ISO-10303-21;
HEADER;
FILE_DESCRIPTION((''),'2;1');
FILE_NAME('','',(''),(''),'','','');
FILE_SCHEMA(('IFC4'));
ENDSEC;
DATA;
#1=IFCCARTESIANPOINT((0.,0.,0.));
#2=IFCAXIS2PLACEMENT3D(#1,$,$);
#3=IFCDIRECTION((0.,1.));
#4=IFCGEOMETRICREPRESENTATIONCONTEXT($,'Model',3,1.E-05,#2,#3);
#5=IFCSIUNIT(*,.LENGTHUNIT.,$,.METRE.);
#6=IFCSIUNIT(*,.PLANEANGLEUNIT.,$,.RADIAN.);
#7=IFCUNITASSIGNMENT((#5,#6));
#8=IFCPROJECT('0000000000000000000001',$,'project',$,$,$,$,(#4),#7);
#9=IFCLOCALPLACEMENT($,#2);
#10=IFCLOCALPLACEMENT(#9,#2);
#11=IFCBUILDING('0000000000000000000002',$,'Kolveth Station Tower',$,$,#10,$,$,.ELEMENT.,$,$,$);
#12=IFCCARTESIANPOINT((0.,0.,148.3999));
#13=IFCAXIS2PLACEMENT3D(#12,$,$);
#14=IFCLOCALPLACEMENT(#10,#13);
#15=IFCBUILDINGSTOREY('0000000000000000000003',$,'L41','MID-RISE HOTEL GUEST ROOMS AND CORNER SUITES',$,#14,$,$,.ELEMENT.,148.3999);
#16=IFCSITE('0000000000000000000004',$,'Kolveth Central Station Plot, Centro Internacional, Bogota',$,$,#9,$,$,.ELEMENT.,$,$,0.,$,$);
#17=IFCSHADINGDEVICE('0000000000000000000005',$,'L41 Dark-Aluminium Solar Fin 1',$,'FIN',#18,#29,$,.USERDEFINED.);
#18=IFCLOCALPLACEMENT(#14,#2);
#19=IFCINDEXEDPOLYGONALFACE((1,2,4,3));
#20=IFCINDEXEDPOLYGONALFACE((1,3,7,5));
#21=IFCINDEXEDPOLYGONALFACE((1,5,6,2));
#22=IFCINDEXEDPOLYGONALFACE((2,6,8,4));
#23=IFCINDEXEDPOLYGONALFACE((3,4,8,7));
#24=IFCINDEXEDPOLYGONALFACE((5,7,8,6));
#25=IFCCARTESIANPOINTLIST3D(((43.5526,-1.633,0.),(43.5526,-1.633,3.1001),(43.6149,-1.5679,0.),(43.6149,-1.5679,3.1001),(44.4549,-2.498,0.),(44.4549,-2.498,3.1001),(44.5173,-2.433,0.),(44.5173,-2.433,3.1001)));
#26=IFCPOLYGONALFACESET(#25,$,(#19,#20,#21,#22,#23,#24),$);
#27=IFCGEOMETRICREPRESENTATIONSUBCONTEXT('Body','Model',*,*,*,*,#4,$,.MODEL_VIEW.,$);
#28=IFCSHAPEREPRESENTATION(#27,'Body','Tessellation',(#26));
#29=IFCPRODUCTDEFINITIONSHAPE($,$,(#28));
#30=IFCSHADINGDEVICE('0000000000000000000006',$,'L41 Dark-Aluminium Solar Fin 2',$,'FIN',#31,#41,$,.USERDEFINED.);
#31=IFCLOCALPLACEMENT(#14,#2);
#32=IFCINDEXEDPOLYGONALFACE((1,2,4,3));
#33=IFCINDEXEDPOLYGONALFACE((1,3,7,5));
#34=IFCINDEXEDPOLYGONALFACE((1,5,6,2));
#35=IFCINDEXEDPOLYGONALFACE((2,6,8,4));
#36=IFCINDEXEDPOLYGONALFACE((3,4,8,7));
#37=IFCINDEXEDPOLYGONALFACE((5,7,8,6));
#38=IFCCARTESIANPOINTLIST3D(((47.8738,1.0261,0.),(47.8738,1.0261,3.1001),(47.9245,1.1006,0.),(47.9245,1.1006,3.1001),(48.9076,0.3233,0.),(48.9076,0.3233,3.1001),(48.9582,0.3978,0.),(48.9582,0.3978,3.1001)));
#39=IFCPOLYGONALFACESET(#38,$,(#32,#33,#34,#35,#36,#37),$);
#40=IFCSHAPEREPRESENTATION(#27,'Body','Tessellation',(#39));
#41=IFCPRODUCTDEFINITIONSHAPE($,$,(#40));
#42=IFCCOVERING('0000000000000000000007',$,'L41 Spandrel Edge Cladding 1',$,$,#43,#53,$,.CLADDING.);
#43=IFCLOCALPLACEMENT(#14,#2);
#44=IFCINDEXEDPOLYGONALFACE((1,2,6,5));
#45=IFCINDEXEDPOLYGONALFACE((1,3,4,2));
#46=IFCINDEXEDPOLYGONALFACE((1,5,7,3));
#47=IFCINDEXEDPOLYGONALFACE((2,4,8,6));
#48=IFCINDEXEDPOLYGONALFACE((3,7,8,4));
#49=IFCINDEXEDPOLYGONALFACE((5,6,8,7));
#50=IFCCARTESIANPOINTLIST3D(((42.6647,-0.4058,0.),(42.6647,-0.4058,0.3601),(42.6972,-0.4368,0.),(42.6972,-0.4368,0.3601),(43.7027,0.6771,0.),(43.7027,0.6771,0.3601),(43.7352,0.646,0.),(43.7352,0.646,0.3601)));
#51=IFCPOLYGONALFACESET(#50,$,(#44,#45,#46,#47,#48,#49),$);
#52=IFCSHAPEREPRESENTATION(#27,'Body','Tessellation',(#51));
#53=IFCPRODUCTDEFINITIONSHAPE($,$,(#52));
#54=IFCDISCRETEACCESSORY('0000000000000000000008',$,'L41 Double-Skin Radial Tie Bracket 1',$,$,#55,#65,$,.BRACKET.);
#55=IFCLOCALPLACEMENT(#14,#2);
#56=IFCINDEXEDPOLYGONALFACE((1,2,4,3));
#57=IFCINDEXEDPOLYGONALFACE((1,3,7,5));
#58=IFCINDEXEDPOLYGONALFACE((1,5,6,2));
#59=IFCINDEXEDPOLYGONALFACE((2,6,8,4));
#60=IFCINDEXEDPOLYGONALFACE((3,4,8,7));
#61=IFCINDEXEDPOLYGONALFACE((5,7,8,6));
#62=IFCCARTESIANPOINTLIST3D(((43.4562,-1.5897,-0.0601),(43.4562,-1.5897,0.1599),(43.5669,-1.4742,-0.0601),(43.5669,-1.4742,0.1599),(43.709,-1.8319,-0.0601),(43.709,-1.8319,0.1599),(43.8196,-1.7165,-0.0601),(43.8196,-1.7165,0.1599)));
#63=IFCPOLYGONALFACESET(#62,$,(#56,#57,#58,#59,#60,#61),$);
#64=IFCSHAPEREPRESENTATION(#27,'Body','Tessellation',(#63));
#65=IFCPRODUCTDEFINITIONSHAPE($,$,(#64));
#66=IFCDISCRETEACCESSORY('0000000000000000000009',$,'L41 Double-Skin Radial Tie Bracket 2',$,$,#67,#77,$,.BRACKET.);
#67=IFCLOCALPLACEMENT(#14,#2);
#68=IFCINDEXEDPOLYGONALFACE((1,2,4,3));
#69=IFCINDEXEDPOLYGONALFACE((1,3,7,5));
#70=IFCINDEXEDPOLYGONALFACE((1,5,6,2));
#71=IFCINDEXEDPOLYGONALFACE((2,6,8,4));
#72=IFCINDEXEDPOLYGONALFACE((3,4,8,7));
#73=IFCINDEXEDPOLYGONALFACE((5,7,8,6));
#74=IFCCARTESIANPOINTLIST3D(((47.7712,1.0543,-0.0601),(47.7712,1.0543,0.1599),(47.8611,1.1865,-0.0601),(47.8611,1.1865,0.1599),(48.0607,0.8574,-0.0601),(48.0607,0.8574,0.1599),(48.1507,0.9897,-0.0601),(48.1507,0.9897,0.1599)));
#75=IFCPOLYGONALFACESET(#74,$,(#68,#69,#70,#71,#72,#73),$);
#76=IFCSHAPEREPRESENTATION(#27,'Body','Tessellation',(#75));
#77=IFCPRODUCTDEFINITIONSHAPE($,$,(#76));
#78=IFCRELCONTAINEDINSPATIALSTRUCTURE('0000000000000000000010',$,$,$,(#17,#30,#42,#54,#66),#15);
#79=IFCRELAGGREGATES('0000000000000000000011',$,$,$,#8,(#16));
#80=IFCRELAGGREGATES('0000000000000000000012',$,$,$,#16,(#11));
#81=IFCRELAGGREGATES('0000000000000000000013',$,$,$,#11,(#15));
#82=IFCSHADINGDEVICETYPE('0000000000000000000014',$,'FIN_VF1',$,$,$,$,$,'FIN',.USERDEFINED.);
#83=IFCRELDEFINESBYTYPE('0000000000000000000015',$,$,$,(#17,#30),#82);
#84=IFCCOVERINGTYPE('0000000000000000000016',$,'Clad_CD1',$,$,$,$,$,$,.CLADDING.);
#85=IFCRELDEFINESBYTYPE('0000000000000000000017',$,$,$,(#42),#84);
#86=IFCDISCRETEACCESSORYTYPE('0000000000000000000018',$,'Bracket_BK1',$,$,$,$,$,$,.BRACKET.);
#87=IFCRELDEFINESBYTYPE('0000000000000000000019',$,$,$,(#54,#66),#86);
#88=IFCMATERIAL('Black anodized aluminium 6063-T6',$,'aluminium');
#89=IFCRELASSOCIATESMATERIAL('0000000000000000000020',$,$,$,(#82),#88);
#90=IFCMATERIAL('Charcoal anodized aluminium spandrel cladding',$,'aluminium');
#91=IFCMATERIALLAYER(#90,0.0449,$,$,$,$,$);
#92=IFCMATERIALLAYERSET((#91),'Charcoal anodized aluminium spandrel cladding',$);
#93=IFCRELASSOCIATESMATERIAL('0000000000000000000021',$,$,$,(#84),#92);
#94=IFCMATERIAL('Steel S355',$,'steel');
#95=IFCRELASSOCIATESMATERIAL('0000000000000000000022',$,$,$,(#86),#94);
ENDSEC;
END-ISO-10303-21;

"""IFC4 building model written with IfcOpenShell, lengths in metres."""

from ifc_helpers import new_model, si_unit, direction, frame, origin, origin_2d, place, context, subcontext, project, spatial, rectangle, extrude, source, transform, mapped, material, layer, layer_set, type_object, element, save


model = new_model("IFC4")

# Units and contexts
model_context = context("Model", 3, precision=1e-05, world=origin(), true_north=direction((0.0, 1.0)))
body_context = subcontext(model_context, "Body", "Model", "MODEL_VIEW")
ifc_project = project(units=[si_unit("LENGTHUNIT", "METRE"), si_unit("PLANEANGLEUNIT", "RADIAN")], contexts=[model_context])

# Site, building, storey
site_placement = place(None, origin())
site = spatial("IfcSite", under=ifc_project, at=site_placement, Name="Kolveth Central Station Plot, Centro Internacional, Bogota", CompositionType="ELEMENT", RefElevation=0.0)
building_placement = place(site_placement, origin())
building = spatial("IfcBuilding", under=site, at=building_placement, Name="Kolveth Station Tower", CompositionType="ELEMENT")
storey_placement = place(building_placement, frame((0.0, 0.0, 148.3999)))
storey = spatial("IfcBuildingStorey", under=building, at=storey_placement, Name="L41", Description="MID-RISE HOTEL GUEST ROOMS AND CORNER SUITES", CompositionType="ELEMENT", Elevation=148.3999)

# Shared definitions
ifc_material_1 = material(Name="Steel S355", Category="steel")

# Shared definitions
ifc_material_2 = material(Name="Black anodized aluminium 6063-T6", Category="aluminium")

# Shading devices
shading_device_type = type_object("IfcShadingDeviceType", Name="FIN_VF1", ElementType="FIN", PredefinedType="USERDEFINED", material=ifc_material_2)
shared_shape_1 = source(origin(), body_context, "Body", "SweptSolid", [
    extrude(rectangle(XDim=1.25, YDim=0.0901, at=origin_2d()), origin(), (0.0, 0.0, 1.0), 3.1001),
])
for number, where, z_axis, x_axis, name in (
    (1, (44.0349, -2.033, 0.0), (0.0, 0.0, 1.0), (0.721881, -0.692017, 0.0), "L41 Dark-Aluminium Solar Fin 1"),
    (2, (48.416, 0.7119, 0.0), (0.0, 0.0, 1.0), (0.826982, -0.562228, 0.0), "L41 Dark-Aluminium Solar Fin 2"),
):
    element("IfcShadingDevice", number, at=place(storey_placement, frame(where, z_axis=z_axis, x_axis=x_axis)), inside=storey, type_object=shading_device_type, Name=name, ObjectType="FIN", PredefinedType="USERDEFINED", context=body_context, shape_type="MappedRepresentation", body=[
        mapped(shared_shape_1, transform((0.0, 0.0, 0.0), x_axis=(1.0, 0.0, 0.0), y_axis=(0.0, 1.0, 0.0), z_axis=(0.0, 0.0, 1.0), scale=1.0)),
    ])

# Covering
ifc_material_3 = material(Name="Charcoal anodized aluminium spandrel cladding", Category="aluminium")
ifc_layer_1 = layer(ifc_material_3, 0.0449)
ifc_layer_set_1 = layer_set([ifc_layer_1], Name="Charcoal anodized aluminium spandrel cladding")
covering_type = type_object("IfcCoveringType", Name="Clad_CD1", PredefinedType="CLADDING", material=ifc_layer_set_1)
shared_shape_2 = source(origin(), body_context, "Body", "SweptSolid", [
    extrude(rectangle(XDim=1.5, YDim=0.0449, at=origin_2d()), origin(), (0.0, 0.0, 1.0), 0.3601),
])
covering_placement = place(storey_placement, frame((43.2, 0.1201, 0.0), z_axis=(0.0, 0.0, 1.0), x_axis=(0.692017, 0.721881, 0.0)))
element("IfcCovering", 3, at=covering_placement, inside=storey, type_object=covering_type, Name="L41 Spandrel Edge Cladding 1", PredefinedType="CLADDING", context=body_context, shape_type="MappedRepresentation", body=[
    mapped(shared_shape_2, transform((0.0, 0.0, 0.0), x_axis=(1.0, 0.0, 0.0), y_axis=(0.0, 1.0, 0.0), z_axis=(0.0, 0.0, 1.0), scale=1.0)),
])

# Discrete accessories
discrete_accessory_type = type_object("IfcDiscreteAccessoryType", Name="Bracket_BK1", PredefinedType="BRACKET", material=ifc_material_1)
shared_shape_3 = source(origin(), body_context, "Body", "SweptSolid", [
    extrude(rectangle(XDim=0.3501, YDim=0.1599, at=origin_2d()), origin(), (0.0, 0.0, 1.0), 0.22),
])
for number, where, z_axis, x_axis, name in (
    (4, (43.6379, -1.6531, -0.0601), (0.0, 0.0, 1.0), (0.721881, -0.692017, 0.0), "L41 Double-Skin Radial Tie Bracket 1"),
    (5, (47.9609, 1.022, -0.0601), (0.0, 0.0, 1.0), (0.826982, -0.562228, 0.0), "L41 Double-Skin Radial Tie Bracket 2"),
):
    element("IfcDiscreteAccessory", number, at=place(storey_placement, frame(where, z_axis=z_axis, x_axis=x_axis)), inside=storey, type_object=discrete_accessory_type, Name=name, PredefinedType="BRACKET", context=body_context, shape_type="MappedRepresentation", body=[
        mapped(shared_shape_3, transform((0.0, 0.0, 0.0), x_axis=(1.0, 0.0, 0.0), y_axis=(0.0, 1.0, 0.0), z_axis=(0.0, 0.0, 1.0), scale=1.0)),
    ])

save(model, "model.ifc")
